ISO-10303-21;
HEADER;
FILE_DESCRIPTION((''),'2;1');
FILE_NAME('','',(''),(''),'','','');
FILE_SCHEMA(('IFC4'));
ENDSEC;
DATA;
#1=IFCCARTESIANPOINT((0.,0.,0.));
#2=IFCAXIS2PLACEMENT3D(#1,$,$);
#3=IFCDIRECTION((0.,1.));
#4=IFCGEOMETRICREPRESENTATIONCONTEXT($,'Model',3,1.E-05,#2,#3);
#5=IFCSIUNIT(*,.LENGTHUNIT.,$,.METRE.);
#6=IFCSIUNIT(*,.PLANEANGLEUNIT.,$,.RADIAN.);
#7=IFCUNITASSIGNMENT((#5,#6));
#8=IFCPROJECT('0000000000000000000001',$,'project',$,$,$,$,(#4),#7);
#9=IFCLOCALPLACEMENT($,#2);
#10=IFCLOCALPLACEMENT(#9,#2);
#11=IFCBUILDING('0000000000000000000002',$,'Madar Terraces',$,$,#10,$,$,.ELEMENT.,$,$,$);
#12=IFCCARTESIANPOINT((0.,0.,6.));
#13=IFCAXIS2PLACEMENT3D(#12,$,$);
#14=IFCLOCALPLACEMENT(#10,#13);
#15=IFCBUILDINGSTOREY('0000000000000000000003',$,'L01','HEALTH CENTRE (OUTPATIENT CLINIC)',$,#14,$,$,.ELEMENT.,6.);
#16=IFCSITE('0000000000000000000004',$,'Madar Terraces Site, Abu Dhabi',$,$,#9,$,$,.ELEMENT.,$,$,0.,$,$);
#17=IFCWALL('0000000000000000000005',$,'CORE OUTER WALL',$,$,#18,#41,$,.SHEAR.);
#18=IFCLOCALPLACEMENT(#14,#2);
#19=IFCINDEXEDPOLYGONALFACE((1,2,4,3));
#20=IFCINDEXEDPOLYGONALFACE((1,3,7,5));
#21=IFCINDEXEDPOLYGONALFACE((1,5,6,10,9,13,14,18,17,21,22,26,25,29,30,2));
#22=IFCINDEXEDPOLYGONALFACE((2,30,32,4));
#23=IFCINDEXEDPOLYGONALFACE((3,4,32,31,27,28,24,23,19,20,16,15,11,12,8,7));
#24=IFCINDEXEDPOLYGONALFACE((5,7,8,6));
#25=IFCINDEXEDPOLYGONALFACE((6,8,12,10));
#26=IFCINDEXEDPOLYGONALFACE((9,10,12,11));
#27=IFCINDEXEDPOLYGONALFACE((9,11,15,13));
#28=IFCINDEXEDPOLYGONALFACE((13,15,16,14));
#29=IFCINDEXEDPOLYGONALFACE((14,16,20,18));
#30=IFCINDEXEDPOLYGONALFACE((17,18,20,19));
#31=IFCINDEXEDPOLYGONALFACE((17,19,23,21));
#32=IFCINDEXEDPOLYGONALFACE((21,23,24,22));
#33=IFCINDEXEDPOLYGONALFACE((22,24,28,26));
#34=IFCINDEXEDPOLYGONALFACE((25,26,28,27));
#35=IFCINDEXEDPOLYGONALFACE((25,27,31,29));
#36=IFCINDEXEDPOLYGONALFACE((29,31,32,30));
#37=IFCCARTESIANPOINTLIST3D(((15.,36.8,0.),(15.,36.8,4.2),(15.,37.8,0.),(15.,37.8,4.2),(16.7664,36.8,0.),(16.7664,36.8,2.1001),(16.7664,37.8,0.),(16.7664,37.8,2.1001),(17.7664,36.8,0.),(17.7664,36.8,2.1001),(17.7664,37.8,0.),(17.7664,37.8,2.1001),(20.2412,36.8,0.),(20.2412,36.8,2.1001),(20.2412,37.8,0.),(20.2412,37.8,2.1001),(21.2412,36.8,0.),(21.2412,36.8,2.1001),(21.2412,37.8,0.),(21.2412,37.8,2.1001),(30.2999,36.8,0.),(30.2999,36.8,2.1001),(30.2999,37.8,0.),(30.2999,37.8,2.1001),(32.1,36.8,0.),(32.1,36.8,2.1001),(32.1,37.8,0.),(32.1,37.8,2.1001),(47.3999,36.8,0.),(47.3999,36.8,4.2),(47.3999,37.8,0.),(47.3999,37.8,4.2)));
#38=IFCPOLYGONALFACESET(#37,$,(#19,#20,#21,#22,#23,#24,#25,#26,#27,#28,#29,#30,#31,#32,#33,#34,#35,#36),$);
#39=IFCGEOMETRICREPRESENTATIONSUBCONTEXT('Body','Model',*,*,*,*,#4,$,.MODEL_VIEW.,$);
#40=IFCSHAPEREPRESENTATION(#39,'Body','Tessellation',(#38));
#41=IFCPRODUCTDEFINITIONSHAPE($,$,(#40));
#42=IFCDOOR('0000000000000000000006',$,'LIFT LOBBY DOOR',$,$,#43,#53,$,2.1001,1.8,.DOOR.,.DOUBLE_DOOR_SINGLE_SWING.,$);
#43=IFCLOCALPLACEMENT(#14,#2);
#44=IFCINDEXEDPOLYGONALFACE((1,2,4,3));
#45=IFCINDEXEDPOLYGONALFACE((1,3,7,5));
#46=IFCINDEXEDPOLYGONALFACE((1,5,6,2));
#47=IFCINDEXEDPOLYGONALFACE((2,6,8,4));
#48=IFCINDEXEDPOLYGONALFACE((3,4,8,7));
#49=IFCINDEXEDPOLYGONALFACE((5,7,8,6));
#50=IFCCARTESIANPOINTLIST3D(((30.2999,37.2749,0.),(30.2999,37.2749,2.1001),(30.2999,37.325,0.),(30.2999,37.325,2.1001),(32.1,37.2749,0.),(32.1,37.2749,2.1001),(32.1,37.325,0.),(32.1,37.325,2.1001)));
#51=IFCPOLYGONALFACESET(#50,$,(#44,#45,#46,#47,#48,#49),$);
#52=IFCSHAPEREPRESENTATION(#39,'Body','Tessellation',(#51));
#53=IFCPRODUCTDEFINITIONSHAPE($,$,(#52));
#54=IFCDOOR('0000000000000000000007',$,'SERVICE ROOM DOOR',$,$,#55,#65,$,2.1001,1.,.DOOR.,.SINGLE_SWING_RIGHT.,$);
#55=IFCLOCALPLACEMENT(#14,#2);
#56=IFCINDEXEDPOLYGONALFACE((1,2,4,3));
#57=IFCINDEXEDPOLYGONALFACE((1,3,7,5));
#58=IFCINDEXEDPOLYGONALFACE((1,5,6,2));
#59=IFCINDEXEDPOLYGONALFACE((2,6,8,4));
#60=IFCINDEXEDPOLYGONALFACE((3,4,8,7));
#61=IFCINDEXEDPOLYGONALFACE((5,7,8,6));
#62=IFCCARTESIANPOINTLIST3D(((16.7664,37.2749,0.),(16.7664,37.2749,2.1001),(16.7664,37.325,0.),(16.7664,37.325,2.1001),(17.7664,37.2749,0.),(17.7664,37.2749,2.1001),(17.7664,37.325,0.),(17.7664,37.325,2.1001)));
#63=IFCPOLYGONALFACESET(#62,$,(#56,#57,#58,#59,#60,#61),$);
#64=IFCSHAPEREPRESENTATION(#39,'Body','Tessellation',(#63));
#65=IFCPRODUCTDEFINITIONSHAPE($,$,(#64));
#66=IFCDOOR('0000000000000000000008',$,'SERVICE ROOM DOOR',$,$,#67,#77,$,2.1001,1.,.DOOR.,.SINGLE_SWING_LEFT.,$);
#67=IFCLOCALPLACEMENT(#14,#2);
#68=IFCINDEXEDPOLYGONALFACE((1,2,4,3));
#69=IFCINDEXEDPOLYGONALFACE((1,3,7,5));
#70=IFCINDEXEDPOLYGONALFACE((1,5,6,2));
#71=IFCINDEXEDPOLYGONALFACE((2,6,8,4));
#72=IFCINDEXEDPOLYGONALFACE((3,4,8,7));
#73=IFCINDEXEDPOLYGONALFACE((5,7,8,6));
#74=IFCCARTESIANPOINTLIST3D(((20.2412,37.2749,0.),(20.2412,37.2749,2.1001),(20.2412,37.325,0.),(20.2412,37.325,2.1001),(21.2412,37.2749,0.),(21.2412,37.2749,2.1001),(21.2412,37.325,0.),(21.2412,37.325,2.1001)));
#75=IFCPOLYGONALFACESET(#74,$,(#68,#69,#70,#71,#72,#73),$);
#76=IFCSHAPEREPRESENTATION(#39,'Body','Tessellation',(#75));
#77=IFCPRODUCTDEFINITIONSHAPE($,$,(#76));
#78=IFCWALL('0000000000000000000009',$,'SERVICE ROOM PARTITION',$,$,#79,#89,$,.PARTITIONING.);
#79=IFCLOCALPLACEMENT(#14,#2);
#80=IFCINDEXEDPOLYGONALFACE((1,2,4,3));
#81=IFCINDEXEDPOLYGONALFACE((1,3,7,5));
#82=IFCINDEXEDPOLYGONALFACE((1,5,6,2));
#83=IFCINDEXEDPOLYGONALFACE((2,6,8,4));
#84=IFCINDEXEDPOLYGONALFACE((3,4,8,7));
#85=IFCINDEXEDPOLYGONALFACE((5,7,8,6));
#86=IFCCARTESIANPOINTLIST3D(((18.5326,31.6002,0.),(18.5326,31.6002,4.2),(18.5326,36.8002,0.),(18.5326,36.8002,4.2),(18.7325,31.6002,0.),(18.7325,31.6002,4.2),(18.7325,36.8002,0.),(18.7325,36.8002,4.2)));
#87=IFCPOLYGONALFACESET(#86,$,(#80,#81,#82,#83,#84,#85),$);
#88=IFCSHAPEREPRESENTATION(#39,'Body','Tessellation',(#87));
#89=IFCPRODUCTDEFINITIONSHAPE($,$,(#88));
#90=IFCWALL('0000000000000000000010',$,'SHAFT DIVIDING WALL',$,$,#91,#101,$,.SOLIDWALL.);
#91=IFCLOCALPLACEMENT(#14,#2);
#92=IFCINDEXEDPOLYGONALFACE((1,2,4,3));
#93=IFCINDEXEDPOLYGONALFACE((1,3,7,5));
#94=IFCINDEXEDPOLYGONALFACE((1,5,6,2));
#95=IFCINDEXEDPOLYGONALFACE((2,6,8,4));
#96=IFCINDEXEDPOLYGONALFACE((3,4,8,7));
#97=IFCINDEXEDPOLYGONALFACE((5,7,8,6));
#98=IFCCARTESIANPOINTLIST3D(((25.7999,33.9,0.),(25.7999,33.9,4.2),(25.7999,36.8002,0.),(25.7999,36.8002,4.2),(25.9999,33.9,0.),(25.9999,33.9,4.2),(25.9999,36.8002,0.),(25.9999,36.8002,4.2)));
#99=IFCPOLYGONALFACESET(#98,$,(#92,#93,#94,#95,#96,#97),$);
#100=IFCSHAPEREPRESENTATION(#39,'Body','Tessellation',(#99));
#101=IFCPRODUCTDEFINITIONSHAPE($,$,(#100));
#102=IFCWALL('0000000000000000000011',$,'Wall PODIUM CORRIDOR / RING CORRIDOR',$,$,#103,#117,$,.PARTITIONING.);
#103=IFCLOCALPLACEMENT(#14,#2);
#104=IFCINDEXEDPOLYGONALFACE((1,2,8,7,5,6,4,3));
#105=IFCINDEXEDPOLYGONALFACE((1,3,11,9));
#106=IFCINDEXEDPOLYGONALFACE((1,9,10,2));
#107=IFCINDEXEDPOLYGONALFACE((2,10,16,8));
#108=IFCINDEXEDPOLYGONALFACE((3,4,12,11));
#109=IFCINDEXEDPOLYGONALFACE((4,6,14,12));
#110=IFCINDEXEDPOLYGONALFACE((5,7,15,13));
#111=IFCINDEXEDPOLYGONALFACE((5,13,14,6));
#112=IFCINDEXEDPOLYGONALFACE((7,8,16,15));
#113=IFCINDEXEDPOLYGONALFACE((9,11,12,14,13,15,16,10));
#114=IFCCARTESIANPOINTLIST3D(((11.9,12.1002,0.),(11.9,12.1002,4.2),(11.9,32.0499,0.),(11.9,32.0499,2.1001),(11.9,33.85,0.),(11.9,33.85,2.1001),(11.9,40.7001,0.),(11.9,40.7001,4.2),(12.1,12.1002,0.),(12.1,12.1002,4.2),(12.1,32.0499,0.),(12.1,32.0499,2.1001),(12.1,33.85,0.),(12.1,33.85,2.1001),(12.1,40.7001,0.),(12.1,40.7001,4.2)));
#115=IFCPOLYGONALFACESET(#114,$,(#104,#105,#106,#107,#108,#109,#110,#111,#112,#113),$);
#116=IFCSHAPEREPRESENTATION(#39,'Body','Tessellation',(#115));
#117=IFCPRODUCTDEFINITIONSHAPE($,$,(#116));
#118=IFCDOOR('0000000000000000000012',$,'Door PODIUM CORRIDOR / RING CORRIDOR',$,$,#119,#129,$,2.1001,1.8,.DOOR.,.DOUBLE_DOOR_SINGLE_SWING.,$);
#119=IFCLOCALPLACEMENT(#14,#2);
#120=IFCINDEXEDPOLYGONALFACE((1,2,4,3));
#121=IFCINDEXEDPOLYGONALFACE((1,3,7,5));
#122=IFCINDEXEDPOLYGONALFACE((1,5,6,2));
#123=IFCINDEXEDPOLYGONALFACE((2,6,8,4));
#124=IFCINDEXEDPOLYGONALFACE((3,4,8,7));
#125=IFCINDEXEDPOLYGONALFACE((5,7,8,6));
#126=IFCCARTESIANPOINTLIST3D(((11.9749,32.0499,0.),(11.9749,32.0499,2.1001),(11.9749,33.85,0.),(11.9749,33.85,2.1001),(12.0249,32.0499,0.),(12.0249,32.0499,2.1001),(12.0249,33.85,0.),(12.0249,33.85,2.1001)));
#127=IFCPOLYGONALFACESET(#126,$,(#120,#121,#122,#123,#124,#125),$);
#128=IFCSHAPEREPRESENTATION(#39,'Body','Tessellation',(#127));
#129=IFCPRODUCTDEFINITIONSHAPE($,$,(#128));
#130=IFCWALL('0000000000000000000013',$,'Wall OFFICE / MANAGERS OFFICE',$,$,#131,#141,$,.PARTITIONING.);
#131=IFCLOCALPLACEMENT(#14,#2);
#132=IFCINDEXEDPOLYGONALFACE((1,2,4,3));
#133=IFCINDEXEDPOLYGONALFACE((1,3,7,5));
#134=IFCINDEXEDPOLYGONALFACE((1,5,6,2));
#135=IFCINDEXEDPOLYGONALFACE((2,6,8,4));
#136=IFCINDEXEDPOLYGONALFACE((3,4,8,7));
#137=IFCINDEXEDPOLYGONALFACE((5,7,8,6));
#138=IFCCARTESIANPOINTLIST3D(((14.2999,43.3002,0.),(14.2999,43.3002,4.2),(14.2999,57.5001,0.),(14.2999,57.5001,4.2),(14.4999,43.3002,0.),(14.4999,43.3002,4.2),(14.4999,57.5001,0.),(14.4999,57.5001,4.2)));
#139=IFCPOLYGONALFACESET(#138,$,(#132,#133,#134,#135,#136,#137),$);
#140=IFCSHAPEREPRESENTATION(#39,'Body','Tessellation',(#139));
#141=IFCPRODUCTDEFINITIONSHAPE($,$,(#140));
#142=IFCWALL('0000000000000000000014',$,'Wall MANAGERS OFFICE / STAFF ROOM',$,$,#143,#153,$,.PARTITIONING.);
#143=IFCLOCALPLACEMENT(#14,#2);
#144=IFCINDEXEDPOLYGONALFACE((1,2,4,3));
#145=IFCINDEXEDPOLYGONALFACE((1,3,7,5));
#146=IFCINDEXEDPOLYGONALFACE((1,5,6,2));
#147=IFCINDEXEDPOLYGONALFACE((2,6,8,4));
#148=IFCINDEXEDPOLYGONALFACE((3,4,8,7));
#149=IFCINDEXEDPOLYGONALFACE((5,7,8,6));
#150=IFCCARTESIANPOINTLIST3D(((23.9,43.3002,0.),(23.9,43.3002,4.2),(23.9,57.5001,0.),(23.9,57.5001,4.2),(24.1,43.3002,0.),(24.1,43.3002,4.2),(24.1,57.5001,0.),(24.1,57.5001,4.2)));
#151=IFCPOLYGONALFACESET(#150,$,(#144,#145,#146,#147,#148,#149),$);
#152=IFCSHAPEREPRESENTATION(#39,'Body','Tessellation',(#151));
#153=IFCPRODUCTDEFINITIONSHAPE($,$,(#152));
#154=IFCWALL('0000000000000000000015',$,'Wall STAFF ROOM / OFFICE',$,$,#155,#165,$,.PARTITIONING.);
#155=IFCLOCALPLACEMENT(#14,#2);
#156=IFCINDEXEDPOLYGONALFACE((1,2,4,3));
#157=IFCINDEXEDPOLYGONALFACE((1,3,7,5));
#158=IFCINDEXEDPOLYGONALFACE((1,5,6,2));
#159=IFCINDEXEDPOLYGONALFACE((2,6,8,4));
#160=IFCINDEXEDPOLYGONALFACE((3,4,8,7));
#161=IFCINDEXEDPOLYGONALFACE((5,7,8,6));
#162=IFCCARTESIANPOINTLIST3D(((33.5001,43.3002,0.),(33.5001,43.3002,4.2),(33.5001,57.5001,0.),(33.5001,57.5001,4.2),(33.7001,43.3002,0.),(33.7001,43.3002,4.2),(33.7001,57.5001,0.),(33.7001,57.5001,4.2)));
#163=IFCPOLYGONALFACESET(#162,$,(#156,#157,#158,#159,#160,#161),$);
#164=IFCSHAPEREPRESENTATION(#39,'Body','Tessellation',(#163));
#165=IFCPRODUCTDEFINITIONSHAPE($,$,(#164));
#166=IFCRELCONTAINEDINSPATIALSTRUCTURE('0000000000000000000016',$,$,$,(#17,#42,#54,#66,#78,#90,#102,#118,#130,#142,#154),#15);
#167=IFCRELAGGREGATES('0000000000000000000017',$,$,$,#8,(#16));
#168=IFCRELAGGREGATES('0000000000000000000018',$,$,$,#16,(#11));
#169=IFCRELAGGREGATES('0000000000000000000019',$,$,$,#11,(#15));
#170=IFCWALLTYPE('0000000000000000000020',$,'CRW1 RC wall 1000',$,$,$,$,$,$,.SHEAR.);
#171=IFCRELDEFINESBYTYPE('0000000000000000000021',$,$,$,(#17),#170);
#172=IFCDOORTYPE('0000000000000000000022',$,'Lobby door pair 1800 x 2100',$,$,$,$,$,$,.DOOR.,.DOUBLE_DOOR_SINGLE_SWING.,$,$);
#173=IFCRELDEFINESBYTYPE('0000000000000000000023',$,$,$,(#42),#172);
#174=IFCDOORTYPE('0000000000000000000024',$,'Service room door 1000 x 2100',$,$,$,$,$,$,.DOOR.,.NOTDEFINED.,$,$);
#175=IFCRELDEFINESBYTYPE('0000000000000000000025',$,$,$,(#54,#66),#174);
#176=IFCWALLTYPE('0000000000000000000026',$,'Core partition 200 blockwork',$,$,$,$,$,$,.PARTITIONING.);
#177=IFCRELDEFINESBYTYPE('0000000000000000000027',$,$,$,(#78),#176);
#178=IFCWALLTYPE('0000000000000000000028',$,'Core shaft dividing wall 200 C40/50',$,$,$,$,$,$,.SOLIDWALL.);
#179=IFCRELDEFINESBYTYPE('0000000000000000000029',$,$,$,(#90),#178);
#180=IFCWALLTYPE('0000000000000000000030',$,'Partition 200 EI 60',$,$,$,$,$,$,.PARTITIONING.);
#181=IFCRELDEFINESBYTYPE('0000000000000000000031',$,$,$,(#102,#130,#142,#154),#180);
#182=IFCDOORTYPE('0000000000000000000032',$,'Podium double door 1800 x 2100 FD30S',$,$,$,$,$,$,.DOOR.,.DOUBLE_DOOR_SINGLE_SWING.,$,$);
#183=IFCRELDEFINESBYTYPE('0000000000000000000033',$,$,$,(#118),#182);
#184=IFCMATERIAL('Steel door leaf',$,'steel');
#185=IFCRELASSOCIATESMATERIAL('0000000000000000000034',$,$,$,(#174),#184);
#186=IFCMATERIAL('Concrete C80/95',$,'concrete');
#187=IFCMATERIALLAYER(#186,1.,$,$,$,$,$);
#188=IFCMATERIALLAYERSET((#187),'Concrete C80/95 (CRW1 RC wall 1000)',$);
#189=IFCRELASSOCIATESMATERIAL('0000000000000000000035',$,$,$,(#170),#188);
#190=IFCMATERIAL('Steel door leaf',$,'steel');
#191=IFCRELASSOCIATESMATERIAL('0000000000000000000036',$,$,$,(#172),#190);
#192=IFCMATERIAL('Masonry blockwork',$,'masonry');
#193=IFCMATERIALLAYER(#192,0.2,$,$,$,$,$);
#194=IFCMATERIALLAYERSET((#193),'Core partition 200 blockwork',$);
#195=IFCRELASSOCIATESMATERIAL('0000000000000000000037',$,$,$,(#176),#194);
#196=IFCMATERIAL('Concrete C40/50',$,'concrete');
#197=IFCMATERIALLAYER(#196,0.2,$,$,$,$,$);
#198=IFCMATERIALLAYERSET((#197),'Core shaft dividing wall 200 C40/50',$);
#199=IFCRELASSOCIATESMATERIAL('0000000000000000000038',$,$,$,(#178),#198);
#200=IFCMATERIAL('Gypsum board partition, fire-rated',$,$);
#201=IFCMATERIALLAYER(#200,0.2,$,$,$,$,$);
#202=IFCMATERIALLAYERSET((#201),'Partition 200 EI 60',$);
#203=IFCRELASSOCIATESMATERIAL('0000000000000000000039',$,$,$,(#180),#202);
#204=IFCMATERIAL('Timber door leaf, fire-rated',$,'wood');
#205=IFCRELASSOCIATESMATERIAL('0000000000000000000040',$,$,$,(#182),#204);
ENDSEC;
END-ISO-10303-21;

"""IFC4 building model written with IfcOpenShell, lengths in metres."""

from ifc_helpers import new_model, si_unit, direction, frame, frame_2d, origin, place, context, subcontext, project, spatial, rectangle, extrude, material, layer, layer_set, type_object, element, fill, save


model = new_model("IFC4")

# Units and contexts
model_context = context("Model", 3, precision=1e-05, world=origin(), true_north=direction((0.0, 1.0)))
body_context = subcontext(model_context, "Body", "Model", "MODEL_VIEW")
ifc_project = project(units=[si_unit("LENGTHUNIT", "METRE"), si_unit("PLANEANGLEUNIT", "RADIAN")], contexts=[model_context])

# Site, building, storey
site_placement = place(None, origin())
site = spatial("IfcSite", under=ifc_project, at=site_placement, Name="Madar Terraces Site, Abu Dhabi", CompositionType="ELEMENT", RefElevation=0.0)
building_placement = place(site_placement, origin())
building = spatial("IfcBuilding", under=site, at=building_placement, Name="Madar Terraces", CompositionType="ELEMENT")
storey_placement = place(building_placement, frame((0.0, 0.0, 6.0)))
storey = spatial("IfcBuildingStorey", under=building, at=storey_placement, Name="L01", Description="HEALTH CENTRE (OUTPATIENT CLINIC)", CompositionType="ELEMENT", Elevation=6.0)

# Shared definitions
ifc_material_1 = material(Name="Steel door leaf", Category="steel")
door_type_1 = type_object("IfcDoorType", Name="Service room door 1000 x 2100", OperationType="NOTDEFINED", PredefinedType="DOOR", material=ifc_material_1)

# Wall, openings, doors
ifc_material_2 = material(Name="Concrete C80/95", Category="concrete")
ifc_layer_1 = layer(ifc_material_2, 1.0)
ifc_layer_set_1 = layer_set([ifc_layer_1], Name="Concrete C80/95 (CRW1 RC wall 1000)")
wall_type_1 = type_object("IfcWallType", Name="CRW1 RC wall 1000", PredefinedType="SHEAR", material=ifc_layer_set_1)
wall_1_placement = place(storey_placement, frame((15.0, 37.3, 0.0), z_axis=(0.0, 0.0, 1.0), x_axis=(1.0, 0.0, 0.0)))
wall_1 = element("IfcWall", 1, at=wall_1_placement, inside=storey, type_object=wall_type_1, Name="CORE OUTER WALL", PredefinedType="SHEAR", context=body_context, shape_type="SweptSolid", body=[
    extrude(rectangle(XDim=32.3999, YDim=1.0, at=frame_2d((16.2, 0.0))), origin(), (0.0, 0.0, 1.0), 4.2),
])
opening_1_placement = place(wall_1_placement, frame((15.3, 0.0, 0.0)))
opening_1 = element("IfcOpeningElement", 2, at=opening_1_placement, cuts=wall_1, PredefinedType="OPENING", context=body_context, shape_type="SweptSolid", body=[
    extrude(rectangle(XDim=1.8, YDim=2.1001, at=frame_2d((0.8999, 1.05))), frame((0.0, 0.51, 0.0), z_axis=(0.0, -1.0, 0.0), x_axis=(1.0, 0.0, 0.0)), (0.0, 0.0, 1.0), 1.02),
])
opening_2_placement = place(wall_1_placement, frame((1.7664, 0.0, 0.0)))
opening_2 = element("IfcOpeningElement", 3, at=opening_2_placement, cuts=wall_1, PredefinedType="OPENING", context=body_context, shape_type="SweptSolid", body=[
    extrude(rectangle(XDim=1.0, YDim=2.1001, at=frame_2d((0.5, 1.05))), frame((0.0, 0.51, 0.0), z_axis=(0.0, -1.0, 0.0), x_axis=(1.0, 0.0, 0.0)), (0.0, 0.0, 1.0), 1.02),
])
opening_3_placement = place(wall_1_placement, frame((5.2412, 0.0, 0.0)))
opening_3 = element("IfcOpeningElement", 4, at=opening_3_placement, cuts=wall_1, PredefinedType="OPENING", context=body_context, shape_type="SweptSolid", body=[
    extrude(rectangle(XDim=1.0, YDim=2.1001, at=frame_2d((0.5, 1.05))), frame((0.0, 0.51, 0.0), z_axis=(0.0, -1.0, 0.0), x_axis=(1.0, 0.0, 0.0)), (0.0, 0.0, 1.0), 1.02),
])
ifc_material_3 = material(Name="Steel door leaf", Category="steel")
door_type_2 = type_object("IfcDoorType", Name="Lobby door pair 1800 x 2100", OperationType="DOUBLE_DOOR_SINGLE_SWING", PredefinedType="DOOR", material=ifc_material_3)
door_1_placement = place(opening_1_placement, origin())
door_1 = element("IfcDoor", 5, at=door_1_placement, inside=storey, type_object=door_type_2, Name="LIFT LOBBY DOOR", OperationType="DOUBLE_DOOR_SINGLE_SWING", OverallHeight=2.1001, OverallWidth=1.8, PredefinedType="DOOR", context=body_context, shape_type="SweptSolid", body=[
    extrude(rectangle(XDim=1.8, YDim=2.1001, at=frame_2d((0.8999, 1.05))), frame((0.0, 0.0249, 0.0), z_axis=(0.0, -1.0, 0.0), x_axis=(1.0, 0.0, 0.0)), (0.0, 0.0, 1.0), 0.05),
])
fill(opening_1, door_1)
door_2_placement = place(opening_2_placement, origin())
door_2 = element("IfcDoor", 6, at=door_2_placement, inside=storey, type_object=door_type_1, Name="SERVICE ROOM DOOR", OperationType="SINGLE_SWING_RIGHT", OverallHeight=2.1001, OverallWidth=1.0, PredefinedType="DOOR", context=body_context, shape_type="SweptSolid", body=[
    extrude(rectangle(XDim=1.0, YDim=2.1001, at=frame_2d((0.5, 1.05))), frame((0.0, 0.0249, 0.0), z_axis=(0.0, -1.0, 0.0), x_axis=(1.0, 0.0, 0.0)), (0.0, 0.0, 1.0), 0.05),
])
fill(opening_2, door_2)
door_3_placement = place(opening_3_placement, origin())
door_3 = element("IfcDoor", 7, at=door_3_placement, inside=storey, type_object=door_type_1, Name="SERVICE ROOM DOOR", OperationType="SINGLE_SWING_LEFT", OverallHeight=2.1001, OverallWidth=1.0, PredefinedType="DOOR", context=body_context, shape_type="SweptSolid", body=[
    extrude(rectangle(XDim=1.0, YDim=2.1001, at=frame_2d((0.5, 1.05))), frame((0.0, 0.0249, 0.0), z_axis=(0.0, -1.0, 0.0), x_axis=(1.0, 0.0, 0.0)), (0.0, 0.0, 1.0), 0.05),
])
fill(opening_3, door_3)

# Walls
ifc_material_4 = material(Name="Masonry blockwork", Category="masonry")
ifc_layer_2 = layer(ifc_material_4, 0.2)
ifc_layer_set_2 = layer_set([ifc_layer_2], Name="Core partition 200 blockwork")
wall_type_2 = type_object("IfcWallType", Name="Core partition 200 blockwork", PredefinedType="PARTITIONING", material=ifc_layer_set_2)
wall_2_placement = place(storey_placement, frame((18.6326, 31.6001, 0.0), z_axis=(0.0, 0.0, 1.0), x_axis=(0.0, 1.0, 0.0)))
element("IfcWall", 8, at=wall_2_placement, inside=storey, type_object=wall_type_2, Name="SERVICE ROOM PARTITION", PredefinedType="PARTITIONING", context=body_context, shape_type="SweptSolid", body=[
    extrude(rectangle(XDim=5.2, YDim=0.2, at=frame_2d((2.6001, 0.0))), origin(), (0.0, 0.0, 1.0), 4.2),
])
ifc_material_5 = material(Name="Concrete C40/50", Category="concrete")
ifc_layer_3 = layer(ifc_material_5, 0.2)
ifc_layer_set_3 = layer_set([ifc_layer_3], Name="Core shaft dividing wall 200 C40/50")
wall_type_3 = type_object("IfcWallType", Name="Core shaft dividing wall 200 C40/50", PredefinedType="SOLIDWALL", material=ifc_layer_set_3)
wall_3_placement = place(storey_placement, frame((25.8999, 33.8999, 0.0), z_axis=(0.0, 0.0, 1.0), x_axis=(0.0, 1.0, 0.0)))
element("IfcWall", 9, at=wall_3_placement, inside=storey, type_object=wall_type_3, Name="SHAFT DIVIDING WALL", PredefinedType="SOLIDWALL", context=body_context, shape_type="SweptSolid", body=[
    extrude(rectangle(XDim=2.9001, YDim=0.2, at=frame_2d((1.4502, 0.0))), origin(), (0.0, 0.0, 1.0), 4.2),
])

# Wall, opening, door
ifc_material_6 = material(Name="Gypsum board partition, fire-rated")
ifc_layer_4 = layer(ifc_material_6, 0.2)
ifc_layer_set_4 = layer_set([ifc_layer_4], Name="Partition 200 EI 60")
wall_type_4 = type_object("IfcWallType", Name="Partition 200 EI 60", PredefinedType="PARTITIONING", material=ifc_layer_set_4)
wall_4_placement = place(storey_placement, frame((12.0, 40.7, 0.0), z_axis=(0.0, 0.0, 1.0), x_axis=(0.0, -1.0, 0.0)))
wall_4 = element("IfcWall", 10, at=wall_4_placement, inside=storey, type_object=wall_type_4, Name="Wall PODIUM CORRIDOR / RING CORRIDOR", PredefinedType="PARTITIONING", context=body_context, shape_type="SweptSolid", body=[
    extrude(rectangle(XDim=28.5999, YDim=0.2, at=frame_2d((14.2998, 0.0))), origin(), (0.0, 0.0, 1.0), 4.2),
])
opening_4_placement = place(wall_4_placement, frame((6.8501, 0.0, 0.0)))
opening_4 = element("IfcOpeningElement", 11, at=opening_4_placement, cuts=wall_4, PredefinedType="OPENING", context=body_context, shape_type="SweptSolid", body=[
    extrude(rectangle(XDim=1.8, YDim=2.1001, at=frame_2d((0.8999, 1.05))), frame((0.0, 0.1099, 0.0), z_axis=(0.0, -1.0, 0.0), x_axis=(1.0, 0.0, 0.0)), (0.0, 0.0, 1.0), 0.22),
])
ifc_material_7 = material(Name="Timber door leaf, fire-rated", Category="wood")
door_type_3 = type_object("IfcDoorType", Name="Podium double door 1800 x 2100 FD30S", OperationType="DOUBLE_DOOR_SINGLE_SWING", PredefinedType="DOOR", material=ifc_material_7)
door_4_placement = place(opening_4_placement, origin())
door_4 = element("IfcDoor", 12, at=door_4_placement, inside=storey, type_object=door_type_3, Name="Door PODIUM CORRIDOR / RING CORRIDOR", OperationType="DOUBLE_DOOR_SINGLE_SWING", OverallHeight=2.1001, OverallWidth=1.8, PredefinedType="DOOR", context=body_context, shape_type="SweptSolid", body=[
    extrude(rectangle(XDim=1.8, YDim=2.1001, at=frame_2d((0.8999, 1.05))), frame((0.0, 0.0249, 0.0), z_axis=(0.0, -1.0, 0.0), x_axis=(1.0, 0.0, 0.0)), (0.0, 0.0, 1.0), 0.05),
])
fill(opening_4, door_4)

# Walls
for number, where, z_axis, x_axis, name in (
    (13, (14.3999, 43.3, 0.0), (0.0, 0.0, 1.0), (0.0, 1.0, 0.0), "Wall OFFICE / MANAGERS OFFICE"),
    (14, (24.0, 43.3, 0.0), (0.0, 0.0, 1.0), (0.0, 1.0, 0.0), "Wall MANAGERS OFFICE / STAFF ROOM"),
    (15, (33.6001, 43.3, 0.0), (0.0, 0.0, 1.0), (0.0, 1.0, 0.0), "Wall STAFF ROOM / OFFICE"),
):
    element("IfcWall", number, at=place(storey_placement, frame(where, z_axis=z_axis, x_axis=x_axis)), inside=storey, type_object=wall_type_4, Name=name, PredefinedType="PARTITIONING", context=body_context, shape_type="SweptSolid", body=[
        extrude(rectangle(XDim=14.2, YDim=0.2, at=frame_2d((7.1001, 0.0))), origin(), (0.0, 0.0, 1.0), 4.2),
    ])

save(model, "model.ifc")
